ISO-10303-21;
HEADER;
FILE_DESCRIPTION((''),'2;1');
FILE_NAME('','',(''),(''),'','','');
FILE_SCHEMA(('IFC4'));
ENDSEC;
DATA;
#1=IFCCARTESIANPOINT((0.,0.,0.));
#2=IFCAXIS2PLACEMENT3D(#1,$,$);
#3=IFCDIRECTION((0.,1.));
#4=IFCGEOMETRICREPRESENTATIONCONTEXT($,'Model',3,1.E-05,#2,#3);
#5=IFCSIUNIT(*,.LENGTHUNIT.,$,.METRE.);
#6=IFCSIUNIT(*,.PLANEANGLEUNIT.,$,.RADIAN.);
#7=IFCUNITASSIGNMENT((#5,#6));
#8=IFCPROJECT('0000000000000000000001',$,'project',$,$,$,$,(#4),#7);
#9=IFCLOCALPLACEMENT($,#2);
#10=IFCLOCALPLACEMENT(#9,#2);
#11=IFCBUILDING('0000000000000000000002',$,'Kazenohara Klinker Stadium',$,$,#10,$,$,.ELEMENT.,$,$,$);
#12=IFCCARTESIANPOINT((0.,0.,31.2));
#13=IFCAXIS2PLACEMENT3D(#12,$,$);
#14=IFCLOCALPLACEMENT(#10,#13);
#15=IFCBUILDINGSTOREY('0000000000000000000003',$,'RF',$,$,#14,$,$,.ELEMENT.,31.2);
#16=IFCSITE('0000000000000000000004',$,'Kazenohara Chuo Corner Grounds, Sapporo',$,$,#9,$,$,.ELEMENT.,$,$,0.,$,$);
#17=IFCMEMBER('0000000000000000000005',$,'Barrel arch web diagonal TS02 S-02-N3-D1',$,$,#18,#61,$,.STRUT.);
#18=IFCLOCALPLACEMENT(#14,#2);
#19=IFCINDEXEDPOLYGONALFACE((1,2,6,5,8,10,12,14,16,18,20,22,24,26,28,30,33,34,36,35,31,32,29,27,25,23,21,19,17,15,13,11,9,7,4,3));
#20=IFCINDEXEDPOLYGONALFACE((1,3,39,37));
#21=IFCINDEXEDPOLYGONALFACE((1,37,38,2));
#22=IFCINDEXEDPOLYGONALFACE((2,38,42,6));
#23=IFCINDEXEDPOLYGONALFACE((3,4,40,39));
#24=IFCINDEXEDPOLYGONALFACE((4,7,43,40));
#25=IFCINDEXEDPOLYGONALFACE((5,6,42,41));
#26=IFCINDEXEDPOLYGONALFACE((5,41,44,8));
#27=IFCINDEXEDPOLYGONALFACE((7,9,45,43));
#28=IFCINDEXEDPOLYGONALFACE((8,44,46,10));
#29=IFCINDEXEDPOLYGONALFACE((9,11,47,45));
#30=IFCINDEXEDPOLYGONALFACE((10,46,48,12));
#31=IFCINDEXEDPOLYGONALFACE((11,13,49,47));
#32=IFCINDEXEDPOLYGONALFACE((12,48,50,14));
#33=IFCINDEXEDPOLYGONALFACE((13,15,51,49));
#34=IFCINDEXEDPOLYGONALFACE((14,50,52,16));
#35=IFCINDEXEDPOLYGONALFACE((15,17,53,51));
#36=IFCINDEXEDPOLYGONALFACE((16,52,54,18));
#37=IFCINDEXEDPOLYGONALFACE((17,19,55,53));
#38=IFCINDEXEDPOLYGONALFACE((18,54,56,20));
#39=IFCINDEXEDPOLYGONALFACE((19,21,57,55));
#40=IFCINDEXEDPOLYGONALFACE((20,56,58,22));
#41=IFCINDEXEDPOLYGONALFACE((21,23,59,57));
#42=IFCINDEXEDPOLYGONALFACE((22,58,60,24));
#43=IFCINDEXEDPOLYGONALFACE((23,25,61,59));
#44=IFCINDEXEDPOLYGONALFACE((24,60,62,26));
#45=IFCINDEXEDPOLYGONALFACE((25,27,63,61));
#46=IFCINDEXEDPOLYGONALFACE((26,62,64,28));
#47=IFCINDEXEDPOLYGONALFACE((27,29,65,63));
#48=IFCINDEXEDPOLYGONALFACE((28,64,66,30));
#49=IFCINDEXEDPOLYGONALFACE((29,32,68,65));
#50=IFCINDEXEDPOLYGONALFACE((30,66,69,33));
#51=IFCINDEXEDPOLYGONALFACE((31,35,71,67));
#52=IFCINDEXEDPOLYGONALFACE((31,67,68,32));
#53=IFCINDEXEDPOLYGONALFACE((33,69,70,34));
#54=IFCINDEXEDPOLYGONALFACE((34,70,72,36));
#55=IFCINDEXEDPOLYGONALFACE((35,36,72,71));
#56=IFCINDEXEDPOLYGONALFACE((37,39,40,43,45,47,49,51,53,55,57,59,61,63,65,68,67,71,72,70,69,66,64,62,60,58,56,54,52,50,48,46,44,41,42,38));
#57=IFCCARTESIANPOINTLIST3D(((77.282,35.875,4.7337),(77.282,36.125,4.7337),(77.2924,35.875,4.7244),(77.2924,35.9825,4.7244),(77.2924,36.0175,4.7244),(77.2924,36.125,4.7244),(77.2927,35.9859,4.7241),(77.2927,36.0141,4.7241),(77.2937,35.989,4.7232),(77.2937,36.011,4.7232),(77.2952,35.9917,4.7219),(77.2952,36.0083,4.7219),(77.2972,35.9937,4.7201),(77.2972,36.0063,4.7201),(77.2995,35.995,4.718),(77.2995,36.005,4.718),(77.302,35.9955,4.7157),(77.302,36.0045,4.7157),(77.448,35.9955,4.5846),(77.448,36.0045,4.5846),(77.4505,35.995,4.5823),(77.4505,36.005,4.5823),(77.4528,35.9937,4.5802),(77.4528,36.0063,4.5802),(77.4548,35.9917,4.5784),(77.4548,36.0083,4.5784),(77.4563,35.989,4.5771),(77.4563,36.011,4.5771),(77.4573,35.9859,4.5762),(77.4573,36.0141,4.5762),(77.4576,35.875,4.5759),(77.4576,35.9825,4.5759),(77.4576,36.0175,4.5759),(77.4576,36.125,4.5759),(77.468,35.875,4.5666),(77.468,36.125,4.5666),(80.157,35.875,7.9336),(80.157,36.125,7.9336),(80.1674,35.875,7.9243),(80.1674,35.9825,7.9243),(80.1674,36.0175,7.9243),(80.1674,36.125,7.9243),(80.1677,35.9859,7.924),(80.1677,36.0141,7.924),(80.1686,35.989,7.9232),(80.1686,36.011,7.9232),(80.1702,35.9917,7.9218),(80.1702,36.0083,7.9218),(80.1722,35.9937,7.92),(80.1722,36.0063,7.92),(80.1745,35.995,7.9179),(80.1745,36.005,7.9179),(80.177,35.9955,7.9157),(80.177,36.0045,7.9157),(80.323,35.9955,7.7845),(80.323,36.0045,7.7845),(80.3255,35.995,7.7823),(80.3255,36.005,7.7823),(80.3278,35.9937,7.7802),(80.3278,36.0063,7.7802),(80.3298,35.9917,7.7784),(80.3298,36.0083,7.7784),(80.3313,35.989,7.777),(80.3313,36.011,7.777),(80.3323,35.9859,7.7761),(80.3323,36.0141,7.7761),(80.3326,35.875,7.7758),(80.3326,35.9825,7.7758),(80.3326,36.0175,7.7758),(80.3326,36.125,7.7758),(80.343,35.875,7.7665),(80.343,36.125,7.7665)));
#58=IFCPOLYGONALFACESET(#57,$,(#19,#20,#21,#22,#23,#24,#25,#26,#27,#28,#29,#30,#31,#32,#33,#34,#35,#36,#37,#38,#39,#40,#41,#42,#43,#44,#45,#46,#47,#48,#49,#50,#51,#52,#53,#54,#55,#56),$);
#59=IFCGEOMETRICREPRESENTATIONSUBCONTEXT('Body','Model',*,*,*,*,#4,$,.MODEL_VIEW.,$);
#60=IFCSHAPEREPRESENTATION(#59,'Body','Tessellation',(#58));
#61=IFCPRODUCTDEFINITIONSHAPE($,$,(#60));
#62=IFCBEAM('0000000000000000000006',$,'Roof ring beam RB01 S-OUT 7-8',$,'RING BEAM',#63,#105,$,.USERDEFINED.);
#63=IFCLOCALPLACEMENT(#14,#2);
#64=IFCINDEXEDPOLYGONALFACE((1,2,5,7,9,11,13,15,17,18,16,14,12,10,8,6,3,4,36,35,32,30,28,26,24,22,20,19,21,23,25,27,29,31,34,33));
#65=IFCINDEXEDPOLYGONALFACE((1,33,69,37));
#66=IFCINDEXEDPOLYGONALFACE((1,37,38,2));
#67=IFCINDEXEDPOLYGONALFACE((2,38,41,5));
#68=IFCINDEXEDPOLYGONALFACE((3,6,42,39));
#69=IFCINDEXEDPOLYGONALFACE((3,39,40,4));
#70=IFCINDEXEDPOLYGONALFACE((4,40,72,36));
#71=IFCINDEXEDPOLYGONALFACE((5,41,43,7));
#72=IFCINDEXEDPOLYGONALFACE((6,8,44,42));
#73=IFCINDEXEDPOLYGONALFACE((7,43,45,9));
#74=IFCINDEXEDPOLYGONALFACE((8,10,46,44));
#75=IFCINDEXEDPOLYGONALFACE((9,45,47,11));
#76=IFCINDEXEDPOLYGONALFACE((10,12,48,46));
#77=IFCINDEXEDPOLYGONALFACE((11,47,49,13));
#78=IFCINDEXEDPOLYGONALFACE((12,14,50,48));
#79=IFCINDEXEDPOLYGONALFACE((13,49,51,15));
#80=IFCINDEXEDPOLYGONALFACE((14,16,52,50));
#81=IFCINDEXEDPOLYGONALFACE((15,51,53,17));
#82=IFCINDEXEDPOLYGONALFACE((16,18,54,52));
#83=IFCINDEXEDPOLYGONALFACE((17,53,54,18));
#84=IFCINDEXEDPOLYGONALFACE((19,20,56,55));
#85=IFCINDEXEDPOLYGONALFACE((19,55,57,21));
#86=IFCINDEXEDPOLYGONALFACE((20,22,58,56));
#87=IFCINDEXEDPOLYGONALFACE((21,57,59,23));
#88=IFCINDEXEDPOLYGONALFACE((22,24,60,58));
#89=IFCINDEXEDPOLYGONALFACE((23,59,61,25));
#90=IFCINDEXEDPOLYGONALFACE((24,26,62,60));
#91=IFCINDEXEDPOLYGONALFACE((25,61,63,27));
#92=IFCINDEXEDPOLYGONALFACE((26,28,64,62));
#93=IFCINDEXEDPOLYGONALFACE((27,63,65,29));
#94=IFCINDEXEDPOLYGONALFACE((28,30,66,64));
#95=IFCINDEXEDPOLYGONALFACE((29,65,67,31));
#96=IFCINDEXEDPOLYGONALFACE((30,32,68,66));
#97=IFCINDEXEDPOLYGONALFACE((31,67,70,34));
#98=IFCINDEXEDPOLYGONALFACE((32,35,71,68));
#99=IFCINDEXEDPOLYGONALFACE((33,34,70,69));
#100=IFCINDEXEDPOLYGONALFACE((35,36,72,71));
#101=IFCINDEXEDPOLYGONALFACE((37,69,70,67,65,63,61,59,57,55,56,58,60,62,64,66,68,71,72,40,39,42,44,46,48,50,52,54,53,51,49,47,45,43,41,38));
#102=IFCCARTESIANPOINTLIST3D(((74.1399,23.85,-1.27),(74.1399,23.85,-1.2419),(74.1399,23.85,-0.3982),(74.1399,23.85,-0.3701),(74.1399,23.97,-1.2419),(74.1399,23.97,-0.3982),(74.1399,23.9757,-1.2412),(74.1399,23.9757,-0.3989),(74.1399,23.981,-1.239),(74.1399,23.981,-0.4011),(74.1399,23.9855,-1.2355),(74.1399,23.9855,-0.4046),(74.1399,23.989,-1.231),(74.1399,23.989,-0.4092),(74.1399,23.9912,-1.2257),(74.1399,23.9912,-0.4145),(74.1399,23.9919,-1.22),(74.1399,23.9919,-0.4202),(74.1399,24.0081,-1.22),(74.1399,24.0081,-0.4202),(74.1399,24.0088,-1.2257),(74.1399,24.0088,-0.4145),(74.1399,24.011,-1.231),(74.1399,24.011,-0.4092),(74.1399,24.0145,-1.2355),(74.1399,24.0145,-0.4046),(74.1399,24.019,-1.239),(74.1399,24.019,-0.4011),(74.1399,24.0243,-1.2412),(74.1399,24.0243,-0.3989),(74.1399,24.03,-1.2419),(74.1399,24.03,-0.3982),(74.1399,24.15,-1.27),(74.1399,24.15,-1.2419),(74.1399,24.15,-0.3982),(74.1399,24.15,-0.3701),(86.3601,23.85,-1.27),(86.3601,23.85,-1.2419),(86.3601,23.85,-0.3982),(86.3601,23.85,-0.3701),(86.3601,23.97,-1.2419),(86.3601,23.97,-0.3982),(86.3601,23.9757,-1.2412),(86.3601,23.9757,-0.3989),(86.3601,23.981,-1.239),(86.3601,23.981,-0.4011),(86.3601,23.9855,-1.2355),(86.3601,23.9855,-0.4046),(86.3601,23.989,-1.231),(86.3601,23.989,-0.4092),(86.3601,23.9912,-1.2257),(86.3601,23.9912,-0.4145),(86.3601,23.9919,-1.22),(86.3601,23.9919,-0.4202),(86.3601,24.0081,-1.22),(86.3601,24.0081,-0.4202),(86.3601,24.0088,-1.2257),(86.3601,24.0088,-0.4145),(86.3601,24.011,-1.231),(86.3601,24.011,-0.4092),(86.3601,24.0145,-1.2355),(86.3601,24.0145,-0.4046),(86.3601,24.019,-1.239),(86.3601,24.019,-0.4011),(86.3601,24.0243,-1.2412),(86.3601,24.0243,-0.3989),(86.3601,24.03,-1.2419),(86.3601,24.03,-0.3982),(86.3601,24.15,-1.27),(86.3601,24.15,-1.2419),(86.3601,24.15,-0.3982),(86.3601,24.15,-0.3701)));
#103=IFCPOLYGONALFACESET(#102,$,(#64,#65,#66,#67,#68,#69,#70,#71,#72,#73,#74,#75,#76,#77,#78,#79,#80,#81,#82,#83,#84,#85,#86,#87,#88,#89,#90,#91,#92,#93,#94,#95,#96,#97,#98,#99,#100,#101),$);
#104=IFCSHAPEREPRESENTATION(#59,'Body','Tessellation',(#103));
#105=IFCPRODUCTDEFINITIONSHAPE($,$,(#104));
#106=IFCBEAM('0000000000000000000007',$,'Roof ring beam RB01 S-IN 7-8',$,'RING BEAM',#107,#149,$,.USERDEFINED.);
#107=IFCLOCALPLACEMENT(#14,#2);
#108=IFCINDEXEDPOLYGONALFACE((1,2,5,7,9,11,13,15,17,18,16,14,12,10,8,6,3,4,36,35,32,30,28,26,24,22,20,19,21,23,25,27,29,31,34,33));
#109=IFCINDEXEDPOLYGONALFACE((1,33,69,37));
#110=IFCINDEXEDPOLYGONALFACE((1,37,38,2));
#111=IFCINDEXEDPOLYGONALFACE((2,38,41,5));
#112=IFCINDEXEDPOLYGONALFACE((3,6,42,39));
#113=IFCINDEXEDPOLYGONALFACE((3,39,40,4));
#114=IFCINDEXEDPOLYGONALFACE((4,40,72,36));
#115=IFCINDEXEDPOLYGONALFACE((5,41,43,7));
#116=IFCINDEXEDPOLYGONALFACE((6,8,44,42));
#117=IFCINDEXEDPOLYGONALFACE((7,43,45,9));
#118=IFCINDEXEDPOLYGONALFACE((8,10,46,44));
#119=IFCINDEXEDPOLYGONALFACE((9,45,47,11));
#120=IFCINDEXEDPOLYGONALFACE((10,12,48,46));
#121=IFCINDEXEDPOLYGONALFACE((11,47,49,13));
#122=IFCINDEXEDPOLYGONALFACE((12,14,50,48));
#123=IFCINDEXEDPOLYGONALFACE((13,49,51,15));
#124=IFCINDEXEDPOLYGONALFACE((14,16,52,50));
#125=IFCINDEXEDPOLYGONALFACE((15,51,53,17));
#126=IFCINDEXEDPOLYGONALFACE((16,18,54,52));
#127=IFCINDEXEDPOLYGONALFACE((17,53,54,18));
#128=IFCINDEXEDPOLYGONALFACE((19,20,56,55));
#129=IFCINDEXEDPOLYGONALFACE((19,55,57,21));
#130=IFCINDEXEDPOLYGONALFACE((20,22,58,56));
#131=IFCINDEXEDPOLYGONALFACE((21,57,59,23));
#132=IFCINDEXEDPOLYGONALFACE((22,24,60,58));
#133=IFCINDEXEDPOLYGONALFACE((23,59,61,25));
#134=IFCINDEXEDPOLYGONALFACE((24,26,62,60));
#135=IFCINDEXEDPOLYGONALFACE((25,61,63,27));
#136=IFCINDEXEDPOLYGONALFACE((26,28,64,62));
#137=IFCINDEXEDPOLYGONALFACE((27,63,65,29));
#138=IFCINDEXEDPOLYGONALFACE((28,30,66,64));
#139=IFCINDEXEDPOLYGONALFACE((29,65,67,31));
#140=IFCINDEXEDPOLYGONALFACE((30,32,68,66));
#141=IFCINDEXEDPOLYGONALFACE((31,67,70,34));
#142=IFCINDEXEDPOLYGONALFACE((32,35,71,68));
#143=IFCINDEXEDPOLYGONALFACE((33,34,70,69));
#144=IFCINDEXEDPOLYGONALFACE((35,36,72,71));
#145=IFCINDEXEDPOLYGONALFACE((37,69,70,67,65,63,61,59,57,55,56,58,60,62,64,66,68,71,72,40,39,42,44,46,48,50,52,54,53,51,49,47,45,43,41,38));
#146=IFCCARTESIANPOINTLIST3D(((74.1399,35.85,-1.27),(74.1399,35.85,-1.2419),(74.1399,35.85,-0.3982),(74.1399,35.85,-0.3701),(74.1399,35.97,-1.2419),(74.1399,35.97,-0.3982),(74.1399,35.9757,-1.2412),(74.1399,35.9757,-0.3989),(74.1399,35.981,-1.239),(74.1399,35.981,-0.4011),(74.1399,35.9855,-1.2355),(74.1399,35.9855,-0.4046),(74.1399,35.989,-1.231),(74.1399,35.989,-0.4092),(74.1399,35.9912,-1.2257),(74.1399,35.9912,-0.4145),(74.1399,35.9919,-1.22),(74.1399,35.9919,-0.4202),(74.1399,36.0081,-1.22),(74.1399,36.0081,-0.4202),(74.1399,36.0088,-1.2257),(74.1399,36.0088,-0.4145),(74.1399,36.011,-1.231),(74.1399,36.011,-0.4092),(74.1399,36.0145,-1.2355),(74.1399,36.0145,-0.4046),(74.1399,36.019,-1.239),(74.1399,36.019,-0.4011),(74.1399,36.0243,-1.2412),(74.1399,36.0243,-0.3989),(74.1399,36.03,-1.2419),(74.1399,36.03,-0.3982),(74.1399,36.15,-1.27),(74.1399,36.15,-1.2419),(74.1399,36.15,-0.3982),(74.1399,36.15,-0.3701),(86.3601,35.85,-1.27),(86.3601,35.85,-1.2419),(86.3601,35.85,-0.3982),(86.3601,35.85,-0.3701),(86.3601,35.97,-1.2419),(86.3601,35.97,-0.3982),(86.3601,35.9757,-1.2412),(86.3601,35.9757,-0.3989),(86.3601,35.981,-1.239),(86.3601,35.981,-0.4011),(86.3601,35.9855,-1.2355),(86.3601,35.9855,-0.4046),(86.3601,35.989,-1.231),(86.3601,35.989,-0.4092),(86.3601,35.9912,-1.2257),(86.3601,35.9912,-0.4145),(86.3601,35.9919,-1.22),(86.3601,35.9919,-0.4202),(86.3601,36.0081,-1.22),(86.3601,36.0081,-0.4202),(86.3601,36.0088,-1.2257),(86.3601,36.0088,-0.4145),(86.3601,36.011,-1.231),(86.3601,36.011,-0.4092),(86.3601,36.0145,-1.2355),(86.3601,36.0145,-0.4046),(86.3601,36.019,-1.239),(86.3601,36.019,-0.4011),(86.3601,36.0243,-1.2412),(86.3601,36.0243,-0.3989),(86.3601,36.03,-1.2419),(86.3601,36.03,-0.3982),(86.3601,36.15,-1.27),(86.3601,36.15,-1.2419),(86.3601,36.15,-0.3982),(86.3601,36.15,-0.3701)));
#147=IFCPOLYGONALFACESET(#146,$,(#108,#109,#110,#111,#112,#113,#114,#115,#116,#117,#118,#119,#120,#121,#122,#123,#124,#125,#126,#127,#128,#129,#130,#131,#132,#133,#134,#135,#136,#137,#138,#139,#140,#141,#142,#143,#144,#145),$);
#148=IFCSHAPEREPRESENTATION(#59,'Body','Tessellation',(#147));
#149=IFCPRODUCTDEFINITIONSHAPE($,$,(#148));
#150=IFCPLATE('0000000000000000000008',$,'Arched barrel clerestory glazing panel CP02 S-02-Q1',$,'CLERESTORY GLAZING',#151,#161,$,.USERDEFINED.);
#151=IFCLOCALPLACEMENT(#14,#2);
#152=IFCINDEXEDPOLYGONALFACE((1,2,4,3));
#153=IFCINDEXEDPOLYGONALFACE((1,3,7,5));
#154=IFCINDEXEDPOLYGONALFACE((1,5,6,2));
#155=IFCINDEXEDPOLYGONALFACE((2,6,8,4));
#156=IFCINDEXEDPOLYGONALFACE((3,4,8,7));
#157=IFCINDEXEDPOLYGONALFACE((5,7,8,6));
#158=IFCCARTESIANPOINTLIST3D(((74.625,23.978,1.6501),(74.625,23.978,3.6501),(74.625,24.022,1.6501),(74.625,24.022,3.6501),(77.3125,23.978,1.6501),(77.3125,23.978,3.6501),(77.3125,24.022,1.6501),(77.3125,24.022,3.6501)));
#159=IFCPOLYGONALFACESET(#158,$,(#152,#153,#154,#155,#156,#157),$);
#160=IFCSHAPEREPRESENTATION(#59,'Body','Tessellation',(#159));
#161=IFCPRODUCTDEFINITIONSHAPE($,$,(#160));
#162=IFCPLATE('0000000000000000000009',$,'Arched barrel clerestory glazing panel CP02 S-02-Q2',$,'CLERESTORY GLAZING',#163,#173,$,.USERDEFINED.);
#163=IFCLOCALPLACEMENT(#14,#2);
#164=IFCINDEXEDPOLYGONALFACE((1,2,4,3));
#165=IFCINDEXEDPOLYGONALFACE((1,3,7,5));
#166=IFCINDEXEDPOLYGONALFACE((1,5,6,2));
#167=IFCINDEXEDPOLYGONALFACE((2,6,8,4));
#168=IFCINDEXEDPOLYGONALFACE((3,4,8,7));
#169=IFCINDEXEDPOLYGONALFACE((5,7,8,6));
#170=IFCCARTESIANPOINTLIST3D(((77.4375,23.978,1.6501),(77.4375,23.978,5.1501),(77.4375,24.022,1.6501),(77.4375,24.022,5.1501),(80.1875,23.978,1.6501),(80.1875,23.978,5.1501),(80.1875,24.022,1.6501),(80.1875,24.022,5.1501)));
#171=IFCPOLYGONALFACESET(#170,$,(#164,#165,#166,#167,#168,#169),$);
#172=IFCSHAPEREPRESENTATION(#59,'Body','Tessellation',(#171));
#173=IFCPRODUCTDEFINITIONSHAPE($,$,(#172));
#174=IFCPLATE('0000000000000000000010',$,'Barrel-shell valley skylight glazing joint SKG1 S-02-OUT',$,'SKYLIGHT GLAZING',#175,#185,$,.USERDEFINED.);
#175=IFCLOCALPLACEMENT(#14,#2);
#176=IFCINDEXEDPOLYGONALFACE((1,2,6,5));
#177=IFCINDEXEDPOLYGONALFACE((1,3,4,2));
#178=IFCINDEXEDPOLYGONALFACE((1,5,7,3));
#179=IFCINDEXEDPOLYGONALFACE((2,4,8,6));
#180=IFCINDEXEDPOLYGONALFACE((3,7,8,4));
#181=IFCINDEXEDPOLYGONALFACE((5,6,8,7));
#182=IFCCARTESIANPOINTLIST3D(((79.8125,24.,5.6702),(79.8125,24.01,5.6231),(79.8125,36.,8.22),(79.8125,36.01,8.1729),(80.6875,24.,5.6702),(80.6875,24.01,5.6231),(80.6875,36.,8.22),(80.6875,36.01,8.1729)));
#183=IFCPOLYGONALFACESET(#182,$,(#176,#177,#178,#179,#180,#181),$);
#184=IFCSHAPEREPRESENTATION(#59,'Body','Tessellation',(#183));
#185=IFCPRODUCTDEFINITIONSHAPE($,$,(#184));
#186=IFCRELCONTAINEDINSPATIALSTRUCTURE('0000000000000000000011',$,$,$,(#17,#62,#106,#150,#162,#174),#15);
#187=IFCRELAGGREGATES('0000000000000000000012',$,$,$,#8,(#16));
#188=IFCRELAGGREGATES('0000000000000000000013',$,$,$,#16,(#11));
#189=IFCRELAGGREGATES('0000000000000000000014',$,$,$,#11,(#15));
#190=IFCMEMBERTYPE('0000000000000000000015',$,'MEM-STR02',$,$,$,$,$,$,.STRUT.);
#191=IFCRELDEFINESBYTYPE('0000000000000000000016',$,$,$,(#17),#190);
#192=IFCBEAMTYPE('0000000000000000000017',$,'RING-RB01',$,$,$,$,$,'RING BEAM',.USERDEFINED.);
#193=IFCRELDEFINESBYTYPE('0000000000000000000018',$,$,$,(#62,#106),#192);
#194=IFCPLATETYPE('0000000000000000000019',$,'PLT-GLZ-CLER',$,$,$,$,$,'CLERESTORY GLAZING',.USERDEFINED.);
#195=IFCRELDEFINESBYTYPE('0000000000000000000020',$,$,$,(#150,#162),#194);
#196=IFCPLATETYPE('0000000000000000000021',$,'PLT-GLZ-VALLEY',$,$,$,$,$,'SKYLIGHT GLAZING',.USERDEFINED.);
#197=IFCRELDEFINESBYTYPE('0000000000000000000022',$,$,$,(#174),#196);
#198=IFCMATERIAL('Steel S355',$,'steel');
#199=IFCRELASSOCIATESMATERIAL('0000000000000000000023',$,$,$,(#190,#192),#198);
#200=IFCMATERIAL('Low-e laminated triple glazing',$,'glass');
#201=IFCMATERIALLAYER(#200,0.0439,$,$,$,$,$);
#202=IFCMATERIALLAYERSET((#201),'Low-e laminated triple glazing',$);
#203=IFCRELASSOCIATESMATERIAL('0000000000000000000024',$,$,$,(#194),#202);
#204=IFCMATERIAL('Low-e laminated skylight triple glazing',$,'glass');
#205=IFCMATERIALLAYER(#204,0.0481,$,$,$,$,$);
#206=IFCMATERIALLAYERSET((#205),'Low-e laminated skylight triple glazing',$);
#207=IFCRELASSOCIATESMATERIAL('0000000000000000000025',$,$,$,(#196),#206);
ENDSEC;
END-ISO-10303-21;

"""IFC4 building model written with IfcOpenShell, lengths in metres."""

from ifc_helpers import new_model, si_unit, direction, frame, origin, origin_2d, place, context, subcontext, project, spatial, polyline, rectangle, i_section, outline, extrude, material, layer, layer_set, material_profile, profile_set, type_object, element, save


model = new_model("IFC4")

# Units and contexts
model_context = context("Model", 3, precision=1e-05, world=origin(), true_north=direction((0.0, 1.0)))
body_context = subcontext(model_context, "Body", "Model", "MODEL_VIEW")
ifc_project = project(units=[si_unit("LENGTHUNIT", "METRE"), si_unit("PLANEANGLEUNIT", "RADIAN")], contexts=[model_context])

# Site, building, storey
site_placement = place(None, origin())
site = spatial("IfcSite", under=ifc_project, at=site_placement, Name="Kazenohara Chuo Corner Grounds, Sapporo", CompositionType="ELEMENT", RefElevation=0.0)
building_placement = place(site_placement, origin())
building = spatial("IfcBuilding", under=site, at=building_placement, Name="Kazenohara Klinker Stadium", CompositionType="ELEMENT")
storey_placement = place(building_placement, frame((0.0, 0.0, 31.2)))
storey = spatial("IfcBuildingStorey", under=building, at=storey_placement, Name="RF", CompositionType="ELEMENT", Elevation=31.2)

# Member
ifc_material_1 = material(Name="Steel S355", Category="steel")
ifc_material_profile_1 = material_profile(ifc_material_1, i_section(OverallWidth=0.25, OverallDepth=0.25, WebThickness=0.009, FlangeThickness=0.0139, FilletRadius=0.0129, at=origin_2d()), Name="H-250x250x9x14")
ifc_profile_set_1 = profile_set([ifc_material_profile_1], Name="Steel S355")
member_type_1 = type_object("IfcMemberType", Name="MEM-STR02", PredefinedType="STRUT", material=ifc_profile_set_1)
member_1_placement = place(storey_placement, frame((77.375, 36.0, 4.6501), z_axis=(0.668328, 0.0, 0.743867), x_axis=(0.0, 1.0, 0.0)))
element("IfcMember", 1, at=member_1_placement, inside=storey, type_object=member_type_1, Name="Barrel arch web diagonal TS02 S-02-N3-D1", PredefinedType="STRUT", context=body_context, shape_type="SweptSolid", body=[
    extrude(i_section(OverallWidth=0.25, OverallDepth=0.25, WebThickness=0.009, FlangeThickness=0.0139, FilletRadius=0.0129, at=origin_2d()), origin(), (0.0, 0.0, 1.0), 4.3018),
])

# Beams
ifc_material_profile_2 = material_profile(ifc_material_1, i_section(OverallWidth=0.3, OverallDepth=0.8999, WebThickness=0.0161, FlangeThickness=0.0281, FilletRadius=0.022, at=origin_2d()), Name="H-900x300x16x28")
ifc_profile_set_2 = profile_set([ifc_material_profile_2], Name="Steel S355")
beam_type = type_object("IfcBeamType", Name="RING-RB01", ElementType="RING BEAM", PredefinedType="USERDEFINED", material=ifc_profile_set_2)
for number, where, z_axis, x_axis, name in (
    (2, (74.1399, 24.0, -0.8201), (1.0, 0.0, 0.0), (0.0, 1.0, 0.0), "Roof ring beam RB01 S-OUT 7-8"),
    (3, (74.1399, 36.0, -0.8201), (1.0, 0.0, 0.0), (0.0, 1.0, 0.0), "Roof ring beam RB01 S-IN 7-8"),
):
    element("IfcBeam", number, at=place(storey_placement, frame(where, z_axis=z_axis, x_axis=x_axis)), inside=storey, type_object=beam_type, Name=name, ObjectType="RING BEAM", PredefinedType="USERDEFINED", context=body_context, shape_type="SweptSolid", body=[
        extrude(i_section(OverallWidth=0.3, OverallDepth=0.8999, WebThickness=0.0161, FlangeThickness=0.0281, FilletRadius=0.022, at=origin_2d()), origin(), (0.0, 0.0, 1.0), 12.2202),
    ])

# Plates
ifc_material_2 = material(Name="Low-e laminated triple glazing", Category="glass")
ifc_layer_1 = layer(ifc_material_2, 0.0439)
ifc_layer_set_1 = layer_set([ifc_layer_1], Name="Low-e laminated triple glazing")
plate_type_1 = type_object("IfcPlateType", Name="PLT-GLZ-CLER", ElementType="CLERESTORY GLAZING", PredefinedType="USERDEFINED", material=ifc_layer_set_1)
plate_1_placement = place(storey_placement, frame((75.9688, 24.0, 1.6501), z_axis=(0.0, 0.0, 1.0), x_axis=(1.0, 0.0, 0.0)))
element("IfcPlate", 4, at=plate_1_placement, inside=storey, type_object=plate_type_1, Name="Arched barrel clerestory glazing panel CP02 S-02-Q1", ObjectType="CLERESTORY GLAZING", PredefinedType="USERDEFINED", context=body_context, shape_type="SweptSolid", body=[
    extrude(rectangle(XDim=2.6875, YDim=0.0439, at=origin_2d()), origin(), (0.0, 0.0, 1.0), 2.0),
])
plate_2_placement = place(storey_placement, frame((78.8125, 24.0, 1.6501), z_axis=(0.0, 0.0, 1.0), x_axis=(1.0, 0.0, 0.0)))
element("IfcPlate", 5, at=plate_2_placement, inside=storey, type_object=plate_type_1, Name="Arched barrel clerestory glazing panel CP02 S-02-Q2", ObjectType="CLERESTORY GLAZING", PredefinedType="USERDEFINED", context=body_context, shape_type="SweptSolid", body=[
    extrude(rectangle(XDim=2.75, YDim=0.0439, at=origin_2d()), origin(), (0.0, 0.0, 1.0), 3.5),
])
ifc_material_3 = material(Name="Low-e laminated skylight triple glazing", Category="glass")
ifc_layer_2 = layer(ifc_material_3, 0.0481)
ifc_layer_set_2 = layer_set([ifc_layer_2], Name="Low-e laminated skylight triple glazing")
plate_type_2 = type_object("IfcPlateType", Name="PLT-GLZ-VALLEY", ElementType="SKYLIGHT GLAZING", PredefinedType="USERDEFINED", material=ifc_layer_set_2)
plate_3_placement = place(storey_placement, frame((79.8125, 24.0, 5.6702), z_axis=(0.0, -0.207844, 0.978162), x_axis=(0.0, 0.978162, 0.207844)))
element("IfcPlate", 6, at=plate_3_placement, inside=storey, type_object=plate_type_2, Name="Barrel-shell valley skylight glazing joint SKG1 S-02-OUT", ObjectType="SKYLIGHT GLAZING", PredefinedType="USERDEFINED", context=body_context, shape_type="SweptSolid", body=[
    extrude(outline(polyline([(0.0, 0.0), (12.2679, 0.0), (12.2679, -0.875), (0.0, -0.875), (0.0, 0.0)])), origin(), (0.0, 0.0, -1.0), 0.0481),
])

save(model, "model.ifc")
